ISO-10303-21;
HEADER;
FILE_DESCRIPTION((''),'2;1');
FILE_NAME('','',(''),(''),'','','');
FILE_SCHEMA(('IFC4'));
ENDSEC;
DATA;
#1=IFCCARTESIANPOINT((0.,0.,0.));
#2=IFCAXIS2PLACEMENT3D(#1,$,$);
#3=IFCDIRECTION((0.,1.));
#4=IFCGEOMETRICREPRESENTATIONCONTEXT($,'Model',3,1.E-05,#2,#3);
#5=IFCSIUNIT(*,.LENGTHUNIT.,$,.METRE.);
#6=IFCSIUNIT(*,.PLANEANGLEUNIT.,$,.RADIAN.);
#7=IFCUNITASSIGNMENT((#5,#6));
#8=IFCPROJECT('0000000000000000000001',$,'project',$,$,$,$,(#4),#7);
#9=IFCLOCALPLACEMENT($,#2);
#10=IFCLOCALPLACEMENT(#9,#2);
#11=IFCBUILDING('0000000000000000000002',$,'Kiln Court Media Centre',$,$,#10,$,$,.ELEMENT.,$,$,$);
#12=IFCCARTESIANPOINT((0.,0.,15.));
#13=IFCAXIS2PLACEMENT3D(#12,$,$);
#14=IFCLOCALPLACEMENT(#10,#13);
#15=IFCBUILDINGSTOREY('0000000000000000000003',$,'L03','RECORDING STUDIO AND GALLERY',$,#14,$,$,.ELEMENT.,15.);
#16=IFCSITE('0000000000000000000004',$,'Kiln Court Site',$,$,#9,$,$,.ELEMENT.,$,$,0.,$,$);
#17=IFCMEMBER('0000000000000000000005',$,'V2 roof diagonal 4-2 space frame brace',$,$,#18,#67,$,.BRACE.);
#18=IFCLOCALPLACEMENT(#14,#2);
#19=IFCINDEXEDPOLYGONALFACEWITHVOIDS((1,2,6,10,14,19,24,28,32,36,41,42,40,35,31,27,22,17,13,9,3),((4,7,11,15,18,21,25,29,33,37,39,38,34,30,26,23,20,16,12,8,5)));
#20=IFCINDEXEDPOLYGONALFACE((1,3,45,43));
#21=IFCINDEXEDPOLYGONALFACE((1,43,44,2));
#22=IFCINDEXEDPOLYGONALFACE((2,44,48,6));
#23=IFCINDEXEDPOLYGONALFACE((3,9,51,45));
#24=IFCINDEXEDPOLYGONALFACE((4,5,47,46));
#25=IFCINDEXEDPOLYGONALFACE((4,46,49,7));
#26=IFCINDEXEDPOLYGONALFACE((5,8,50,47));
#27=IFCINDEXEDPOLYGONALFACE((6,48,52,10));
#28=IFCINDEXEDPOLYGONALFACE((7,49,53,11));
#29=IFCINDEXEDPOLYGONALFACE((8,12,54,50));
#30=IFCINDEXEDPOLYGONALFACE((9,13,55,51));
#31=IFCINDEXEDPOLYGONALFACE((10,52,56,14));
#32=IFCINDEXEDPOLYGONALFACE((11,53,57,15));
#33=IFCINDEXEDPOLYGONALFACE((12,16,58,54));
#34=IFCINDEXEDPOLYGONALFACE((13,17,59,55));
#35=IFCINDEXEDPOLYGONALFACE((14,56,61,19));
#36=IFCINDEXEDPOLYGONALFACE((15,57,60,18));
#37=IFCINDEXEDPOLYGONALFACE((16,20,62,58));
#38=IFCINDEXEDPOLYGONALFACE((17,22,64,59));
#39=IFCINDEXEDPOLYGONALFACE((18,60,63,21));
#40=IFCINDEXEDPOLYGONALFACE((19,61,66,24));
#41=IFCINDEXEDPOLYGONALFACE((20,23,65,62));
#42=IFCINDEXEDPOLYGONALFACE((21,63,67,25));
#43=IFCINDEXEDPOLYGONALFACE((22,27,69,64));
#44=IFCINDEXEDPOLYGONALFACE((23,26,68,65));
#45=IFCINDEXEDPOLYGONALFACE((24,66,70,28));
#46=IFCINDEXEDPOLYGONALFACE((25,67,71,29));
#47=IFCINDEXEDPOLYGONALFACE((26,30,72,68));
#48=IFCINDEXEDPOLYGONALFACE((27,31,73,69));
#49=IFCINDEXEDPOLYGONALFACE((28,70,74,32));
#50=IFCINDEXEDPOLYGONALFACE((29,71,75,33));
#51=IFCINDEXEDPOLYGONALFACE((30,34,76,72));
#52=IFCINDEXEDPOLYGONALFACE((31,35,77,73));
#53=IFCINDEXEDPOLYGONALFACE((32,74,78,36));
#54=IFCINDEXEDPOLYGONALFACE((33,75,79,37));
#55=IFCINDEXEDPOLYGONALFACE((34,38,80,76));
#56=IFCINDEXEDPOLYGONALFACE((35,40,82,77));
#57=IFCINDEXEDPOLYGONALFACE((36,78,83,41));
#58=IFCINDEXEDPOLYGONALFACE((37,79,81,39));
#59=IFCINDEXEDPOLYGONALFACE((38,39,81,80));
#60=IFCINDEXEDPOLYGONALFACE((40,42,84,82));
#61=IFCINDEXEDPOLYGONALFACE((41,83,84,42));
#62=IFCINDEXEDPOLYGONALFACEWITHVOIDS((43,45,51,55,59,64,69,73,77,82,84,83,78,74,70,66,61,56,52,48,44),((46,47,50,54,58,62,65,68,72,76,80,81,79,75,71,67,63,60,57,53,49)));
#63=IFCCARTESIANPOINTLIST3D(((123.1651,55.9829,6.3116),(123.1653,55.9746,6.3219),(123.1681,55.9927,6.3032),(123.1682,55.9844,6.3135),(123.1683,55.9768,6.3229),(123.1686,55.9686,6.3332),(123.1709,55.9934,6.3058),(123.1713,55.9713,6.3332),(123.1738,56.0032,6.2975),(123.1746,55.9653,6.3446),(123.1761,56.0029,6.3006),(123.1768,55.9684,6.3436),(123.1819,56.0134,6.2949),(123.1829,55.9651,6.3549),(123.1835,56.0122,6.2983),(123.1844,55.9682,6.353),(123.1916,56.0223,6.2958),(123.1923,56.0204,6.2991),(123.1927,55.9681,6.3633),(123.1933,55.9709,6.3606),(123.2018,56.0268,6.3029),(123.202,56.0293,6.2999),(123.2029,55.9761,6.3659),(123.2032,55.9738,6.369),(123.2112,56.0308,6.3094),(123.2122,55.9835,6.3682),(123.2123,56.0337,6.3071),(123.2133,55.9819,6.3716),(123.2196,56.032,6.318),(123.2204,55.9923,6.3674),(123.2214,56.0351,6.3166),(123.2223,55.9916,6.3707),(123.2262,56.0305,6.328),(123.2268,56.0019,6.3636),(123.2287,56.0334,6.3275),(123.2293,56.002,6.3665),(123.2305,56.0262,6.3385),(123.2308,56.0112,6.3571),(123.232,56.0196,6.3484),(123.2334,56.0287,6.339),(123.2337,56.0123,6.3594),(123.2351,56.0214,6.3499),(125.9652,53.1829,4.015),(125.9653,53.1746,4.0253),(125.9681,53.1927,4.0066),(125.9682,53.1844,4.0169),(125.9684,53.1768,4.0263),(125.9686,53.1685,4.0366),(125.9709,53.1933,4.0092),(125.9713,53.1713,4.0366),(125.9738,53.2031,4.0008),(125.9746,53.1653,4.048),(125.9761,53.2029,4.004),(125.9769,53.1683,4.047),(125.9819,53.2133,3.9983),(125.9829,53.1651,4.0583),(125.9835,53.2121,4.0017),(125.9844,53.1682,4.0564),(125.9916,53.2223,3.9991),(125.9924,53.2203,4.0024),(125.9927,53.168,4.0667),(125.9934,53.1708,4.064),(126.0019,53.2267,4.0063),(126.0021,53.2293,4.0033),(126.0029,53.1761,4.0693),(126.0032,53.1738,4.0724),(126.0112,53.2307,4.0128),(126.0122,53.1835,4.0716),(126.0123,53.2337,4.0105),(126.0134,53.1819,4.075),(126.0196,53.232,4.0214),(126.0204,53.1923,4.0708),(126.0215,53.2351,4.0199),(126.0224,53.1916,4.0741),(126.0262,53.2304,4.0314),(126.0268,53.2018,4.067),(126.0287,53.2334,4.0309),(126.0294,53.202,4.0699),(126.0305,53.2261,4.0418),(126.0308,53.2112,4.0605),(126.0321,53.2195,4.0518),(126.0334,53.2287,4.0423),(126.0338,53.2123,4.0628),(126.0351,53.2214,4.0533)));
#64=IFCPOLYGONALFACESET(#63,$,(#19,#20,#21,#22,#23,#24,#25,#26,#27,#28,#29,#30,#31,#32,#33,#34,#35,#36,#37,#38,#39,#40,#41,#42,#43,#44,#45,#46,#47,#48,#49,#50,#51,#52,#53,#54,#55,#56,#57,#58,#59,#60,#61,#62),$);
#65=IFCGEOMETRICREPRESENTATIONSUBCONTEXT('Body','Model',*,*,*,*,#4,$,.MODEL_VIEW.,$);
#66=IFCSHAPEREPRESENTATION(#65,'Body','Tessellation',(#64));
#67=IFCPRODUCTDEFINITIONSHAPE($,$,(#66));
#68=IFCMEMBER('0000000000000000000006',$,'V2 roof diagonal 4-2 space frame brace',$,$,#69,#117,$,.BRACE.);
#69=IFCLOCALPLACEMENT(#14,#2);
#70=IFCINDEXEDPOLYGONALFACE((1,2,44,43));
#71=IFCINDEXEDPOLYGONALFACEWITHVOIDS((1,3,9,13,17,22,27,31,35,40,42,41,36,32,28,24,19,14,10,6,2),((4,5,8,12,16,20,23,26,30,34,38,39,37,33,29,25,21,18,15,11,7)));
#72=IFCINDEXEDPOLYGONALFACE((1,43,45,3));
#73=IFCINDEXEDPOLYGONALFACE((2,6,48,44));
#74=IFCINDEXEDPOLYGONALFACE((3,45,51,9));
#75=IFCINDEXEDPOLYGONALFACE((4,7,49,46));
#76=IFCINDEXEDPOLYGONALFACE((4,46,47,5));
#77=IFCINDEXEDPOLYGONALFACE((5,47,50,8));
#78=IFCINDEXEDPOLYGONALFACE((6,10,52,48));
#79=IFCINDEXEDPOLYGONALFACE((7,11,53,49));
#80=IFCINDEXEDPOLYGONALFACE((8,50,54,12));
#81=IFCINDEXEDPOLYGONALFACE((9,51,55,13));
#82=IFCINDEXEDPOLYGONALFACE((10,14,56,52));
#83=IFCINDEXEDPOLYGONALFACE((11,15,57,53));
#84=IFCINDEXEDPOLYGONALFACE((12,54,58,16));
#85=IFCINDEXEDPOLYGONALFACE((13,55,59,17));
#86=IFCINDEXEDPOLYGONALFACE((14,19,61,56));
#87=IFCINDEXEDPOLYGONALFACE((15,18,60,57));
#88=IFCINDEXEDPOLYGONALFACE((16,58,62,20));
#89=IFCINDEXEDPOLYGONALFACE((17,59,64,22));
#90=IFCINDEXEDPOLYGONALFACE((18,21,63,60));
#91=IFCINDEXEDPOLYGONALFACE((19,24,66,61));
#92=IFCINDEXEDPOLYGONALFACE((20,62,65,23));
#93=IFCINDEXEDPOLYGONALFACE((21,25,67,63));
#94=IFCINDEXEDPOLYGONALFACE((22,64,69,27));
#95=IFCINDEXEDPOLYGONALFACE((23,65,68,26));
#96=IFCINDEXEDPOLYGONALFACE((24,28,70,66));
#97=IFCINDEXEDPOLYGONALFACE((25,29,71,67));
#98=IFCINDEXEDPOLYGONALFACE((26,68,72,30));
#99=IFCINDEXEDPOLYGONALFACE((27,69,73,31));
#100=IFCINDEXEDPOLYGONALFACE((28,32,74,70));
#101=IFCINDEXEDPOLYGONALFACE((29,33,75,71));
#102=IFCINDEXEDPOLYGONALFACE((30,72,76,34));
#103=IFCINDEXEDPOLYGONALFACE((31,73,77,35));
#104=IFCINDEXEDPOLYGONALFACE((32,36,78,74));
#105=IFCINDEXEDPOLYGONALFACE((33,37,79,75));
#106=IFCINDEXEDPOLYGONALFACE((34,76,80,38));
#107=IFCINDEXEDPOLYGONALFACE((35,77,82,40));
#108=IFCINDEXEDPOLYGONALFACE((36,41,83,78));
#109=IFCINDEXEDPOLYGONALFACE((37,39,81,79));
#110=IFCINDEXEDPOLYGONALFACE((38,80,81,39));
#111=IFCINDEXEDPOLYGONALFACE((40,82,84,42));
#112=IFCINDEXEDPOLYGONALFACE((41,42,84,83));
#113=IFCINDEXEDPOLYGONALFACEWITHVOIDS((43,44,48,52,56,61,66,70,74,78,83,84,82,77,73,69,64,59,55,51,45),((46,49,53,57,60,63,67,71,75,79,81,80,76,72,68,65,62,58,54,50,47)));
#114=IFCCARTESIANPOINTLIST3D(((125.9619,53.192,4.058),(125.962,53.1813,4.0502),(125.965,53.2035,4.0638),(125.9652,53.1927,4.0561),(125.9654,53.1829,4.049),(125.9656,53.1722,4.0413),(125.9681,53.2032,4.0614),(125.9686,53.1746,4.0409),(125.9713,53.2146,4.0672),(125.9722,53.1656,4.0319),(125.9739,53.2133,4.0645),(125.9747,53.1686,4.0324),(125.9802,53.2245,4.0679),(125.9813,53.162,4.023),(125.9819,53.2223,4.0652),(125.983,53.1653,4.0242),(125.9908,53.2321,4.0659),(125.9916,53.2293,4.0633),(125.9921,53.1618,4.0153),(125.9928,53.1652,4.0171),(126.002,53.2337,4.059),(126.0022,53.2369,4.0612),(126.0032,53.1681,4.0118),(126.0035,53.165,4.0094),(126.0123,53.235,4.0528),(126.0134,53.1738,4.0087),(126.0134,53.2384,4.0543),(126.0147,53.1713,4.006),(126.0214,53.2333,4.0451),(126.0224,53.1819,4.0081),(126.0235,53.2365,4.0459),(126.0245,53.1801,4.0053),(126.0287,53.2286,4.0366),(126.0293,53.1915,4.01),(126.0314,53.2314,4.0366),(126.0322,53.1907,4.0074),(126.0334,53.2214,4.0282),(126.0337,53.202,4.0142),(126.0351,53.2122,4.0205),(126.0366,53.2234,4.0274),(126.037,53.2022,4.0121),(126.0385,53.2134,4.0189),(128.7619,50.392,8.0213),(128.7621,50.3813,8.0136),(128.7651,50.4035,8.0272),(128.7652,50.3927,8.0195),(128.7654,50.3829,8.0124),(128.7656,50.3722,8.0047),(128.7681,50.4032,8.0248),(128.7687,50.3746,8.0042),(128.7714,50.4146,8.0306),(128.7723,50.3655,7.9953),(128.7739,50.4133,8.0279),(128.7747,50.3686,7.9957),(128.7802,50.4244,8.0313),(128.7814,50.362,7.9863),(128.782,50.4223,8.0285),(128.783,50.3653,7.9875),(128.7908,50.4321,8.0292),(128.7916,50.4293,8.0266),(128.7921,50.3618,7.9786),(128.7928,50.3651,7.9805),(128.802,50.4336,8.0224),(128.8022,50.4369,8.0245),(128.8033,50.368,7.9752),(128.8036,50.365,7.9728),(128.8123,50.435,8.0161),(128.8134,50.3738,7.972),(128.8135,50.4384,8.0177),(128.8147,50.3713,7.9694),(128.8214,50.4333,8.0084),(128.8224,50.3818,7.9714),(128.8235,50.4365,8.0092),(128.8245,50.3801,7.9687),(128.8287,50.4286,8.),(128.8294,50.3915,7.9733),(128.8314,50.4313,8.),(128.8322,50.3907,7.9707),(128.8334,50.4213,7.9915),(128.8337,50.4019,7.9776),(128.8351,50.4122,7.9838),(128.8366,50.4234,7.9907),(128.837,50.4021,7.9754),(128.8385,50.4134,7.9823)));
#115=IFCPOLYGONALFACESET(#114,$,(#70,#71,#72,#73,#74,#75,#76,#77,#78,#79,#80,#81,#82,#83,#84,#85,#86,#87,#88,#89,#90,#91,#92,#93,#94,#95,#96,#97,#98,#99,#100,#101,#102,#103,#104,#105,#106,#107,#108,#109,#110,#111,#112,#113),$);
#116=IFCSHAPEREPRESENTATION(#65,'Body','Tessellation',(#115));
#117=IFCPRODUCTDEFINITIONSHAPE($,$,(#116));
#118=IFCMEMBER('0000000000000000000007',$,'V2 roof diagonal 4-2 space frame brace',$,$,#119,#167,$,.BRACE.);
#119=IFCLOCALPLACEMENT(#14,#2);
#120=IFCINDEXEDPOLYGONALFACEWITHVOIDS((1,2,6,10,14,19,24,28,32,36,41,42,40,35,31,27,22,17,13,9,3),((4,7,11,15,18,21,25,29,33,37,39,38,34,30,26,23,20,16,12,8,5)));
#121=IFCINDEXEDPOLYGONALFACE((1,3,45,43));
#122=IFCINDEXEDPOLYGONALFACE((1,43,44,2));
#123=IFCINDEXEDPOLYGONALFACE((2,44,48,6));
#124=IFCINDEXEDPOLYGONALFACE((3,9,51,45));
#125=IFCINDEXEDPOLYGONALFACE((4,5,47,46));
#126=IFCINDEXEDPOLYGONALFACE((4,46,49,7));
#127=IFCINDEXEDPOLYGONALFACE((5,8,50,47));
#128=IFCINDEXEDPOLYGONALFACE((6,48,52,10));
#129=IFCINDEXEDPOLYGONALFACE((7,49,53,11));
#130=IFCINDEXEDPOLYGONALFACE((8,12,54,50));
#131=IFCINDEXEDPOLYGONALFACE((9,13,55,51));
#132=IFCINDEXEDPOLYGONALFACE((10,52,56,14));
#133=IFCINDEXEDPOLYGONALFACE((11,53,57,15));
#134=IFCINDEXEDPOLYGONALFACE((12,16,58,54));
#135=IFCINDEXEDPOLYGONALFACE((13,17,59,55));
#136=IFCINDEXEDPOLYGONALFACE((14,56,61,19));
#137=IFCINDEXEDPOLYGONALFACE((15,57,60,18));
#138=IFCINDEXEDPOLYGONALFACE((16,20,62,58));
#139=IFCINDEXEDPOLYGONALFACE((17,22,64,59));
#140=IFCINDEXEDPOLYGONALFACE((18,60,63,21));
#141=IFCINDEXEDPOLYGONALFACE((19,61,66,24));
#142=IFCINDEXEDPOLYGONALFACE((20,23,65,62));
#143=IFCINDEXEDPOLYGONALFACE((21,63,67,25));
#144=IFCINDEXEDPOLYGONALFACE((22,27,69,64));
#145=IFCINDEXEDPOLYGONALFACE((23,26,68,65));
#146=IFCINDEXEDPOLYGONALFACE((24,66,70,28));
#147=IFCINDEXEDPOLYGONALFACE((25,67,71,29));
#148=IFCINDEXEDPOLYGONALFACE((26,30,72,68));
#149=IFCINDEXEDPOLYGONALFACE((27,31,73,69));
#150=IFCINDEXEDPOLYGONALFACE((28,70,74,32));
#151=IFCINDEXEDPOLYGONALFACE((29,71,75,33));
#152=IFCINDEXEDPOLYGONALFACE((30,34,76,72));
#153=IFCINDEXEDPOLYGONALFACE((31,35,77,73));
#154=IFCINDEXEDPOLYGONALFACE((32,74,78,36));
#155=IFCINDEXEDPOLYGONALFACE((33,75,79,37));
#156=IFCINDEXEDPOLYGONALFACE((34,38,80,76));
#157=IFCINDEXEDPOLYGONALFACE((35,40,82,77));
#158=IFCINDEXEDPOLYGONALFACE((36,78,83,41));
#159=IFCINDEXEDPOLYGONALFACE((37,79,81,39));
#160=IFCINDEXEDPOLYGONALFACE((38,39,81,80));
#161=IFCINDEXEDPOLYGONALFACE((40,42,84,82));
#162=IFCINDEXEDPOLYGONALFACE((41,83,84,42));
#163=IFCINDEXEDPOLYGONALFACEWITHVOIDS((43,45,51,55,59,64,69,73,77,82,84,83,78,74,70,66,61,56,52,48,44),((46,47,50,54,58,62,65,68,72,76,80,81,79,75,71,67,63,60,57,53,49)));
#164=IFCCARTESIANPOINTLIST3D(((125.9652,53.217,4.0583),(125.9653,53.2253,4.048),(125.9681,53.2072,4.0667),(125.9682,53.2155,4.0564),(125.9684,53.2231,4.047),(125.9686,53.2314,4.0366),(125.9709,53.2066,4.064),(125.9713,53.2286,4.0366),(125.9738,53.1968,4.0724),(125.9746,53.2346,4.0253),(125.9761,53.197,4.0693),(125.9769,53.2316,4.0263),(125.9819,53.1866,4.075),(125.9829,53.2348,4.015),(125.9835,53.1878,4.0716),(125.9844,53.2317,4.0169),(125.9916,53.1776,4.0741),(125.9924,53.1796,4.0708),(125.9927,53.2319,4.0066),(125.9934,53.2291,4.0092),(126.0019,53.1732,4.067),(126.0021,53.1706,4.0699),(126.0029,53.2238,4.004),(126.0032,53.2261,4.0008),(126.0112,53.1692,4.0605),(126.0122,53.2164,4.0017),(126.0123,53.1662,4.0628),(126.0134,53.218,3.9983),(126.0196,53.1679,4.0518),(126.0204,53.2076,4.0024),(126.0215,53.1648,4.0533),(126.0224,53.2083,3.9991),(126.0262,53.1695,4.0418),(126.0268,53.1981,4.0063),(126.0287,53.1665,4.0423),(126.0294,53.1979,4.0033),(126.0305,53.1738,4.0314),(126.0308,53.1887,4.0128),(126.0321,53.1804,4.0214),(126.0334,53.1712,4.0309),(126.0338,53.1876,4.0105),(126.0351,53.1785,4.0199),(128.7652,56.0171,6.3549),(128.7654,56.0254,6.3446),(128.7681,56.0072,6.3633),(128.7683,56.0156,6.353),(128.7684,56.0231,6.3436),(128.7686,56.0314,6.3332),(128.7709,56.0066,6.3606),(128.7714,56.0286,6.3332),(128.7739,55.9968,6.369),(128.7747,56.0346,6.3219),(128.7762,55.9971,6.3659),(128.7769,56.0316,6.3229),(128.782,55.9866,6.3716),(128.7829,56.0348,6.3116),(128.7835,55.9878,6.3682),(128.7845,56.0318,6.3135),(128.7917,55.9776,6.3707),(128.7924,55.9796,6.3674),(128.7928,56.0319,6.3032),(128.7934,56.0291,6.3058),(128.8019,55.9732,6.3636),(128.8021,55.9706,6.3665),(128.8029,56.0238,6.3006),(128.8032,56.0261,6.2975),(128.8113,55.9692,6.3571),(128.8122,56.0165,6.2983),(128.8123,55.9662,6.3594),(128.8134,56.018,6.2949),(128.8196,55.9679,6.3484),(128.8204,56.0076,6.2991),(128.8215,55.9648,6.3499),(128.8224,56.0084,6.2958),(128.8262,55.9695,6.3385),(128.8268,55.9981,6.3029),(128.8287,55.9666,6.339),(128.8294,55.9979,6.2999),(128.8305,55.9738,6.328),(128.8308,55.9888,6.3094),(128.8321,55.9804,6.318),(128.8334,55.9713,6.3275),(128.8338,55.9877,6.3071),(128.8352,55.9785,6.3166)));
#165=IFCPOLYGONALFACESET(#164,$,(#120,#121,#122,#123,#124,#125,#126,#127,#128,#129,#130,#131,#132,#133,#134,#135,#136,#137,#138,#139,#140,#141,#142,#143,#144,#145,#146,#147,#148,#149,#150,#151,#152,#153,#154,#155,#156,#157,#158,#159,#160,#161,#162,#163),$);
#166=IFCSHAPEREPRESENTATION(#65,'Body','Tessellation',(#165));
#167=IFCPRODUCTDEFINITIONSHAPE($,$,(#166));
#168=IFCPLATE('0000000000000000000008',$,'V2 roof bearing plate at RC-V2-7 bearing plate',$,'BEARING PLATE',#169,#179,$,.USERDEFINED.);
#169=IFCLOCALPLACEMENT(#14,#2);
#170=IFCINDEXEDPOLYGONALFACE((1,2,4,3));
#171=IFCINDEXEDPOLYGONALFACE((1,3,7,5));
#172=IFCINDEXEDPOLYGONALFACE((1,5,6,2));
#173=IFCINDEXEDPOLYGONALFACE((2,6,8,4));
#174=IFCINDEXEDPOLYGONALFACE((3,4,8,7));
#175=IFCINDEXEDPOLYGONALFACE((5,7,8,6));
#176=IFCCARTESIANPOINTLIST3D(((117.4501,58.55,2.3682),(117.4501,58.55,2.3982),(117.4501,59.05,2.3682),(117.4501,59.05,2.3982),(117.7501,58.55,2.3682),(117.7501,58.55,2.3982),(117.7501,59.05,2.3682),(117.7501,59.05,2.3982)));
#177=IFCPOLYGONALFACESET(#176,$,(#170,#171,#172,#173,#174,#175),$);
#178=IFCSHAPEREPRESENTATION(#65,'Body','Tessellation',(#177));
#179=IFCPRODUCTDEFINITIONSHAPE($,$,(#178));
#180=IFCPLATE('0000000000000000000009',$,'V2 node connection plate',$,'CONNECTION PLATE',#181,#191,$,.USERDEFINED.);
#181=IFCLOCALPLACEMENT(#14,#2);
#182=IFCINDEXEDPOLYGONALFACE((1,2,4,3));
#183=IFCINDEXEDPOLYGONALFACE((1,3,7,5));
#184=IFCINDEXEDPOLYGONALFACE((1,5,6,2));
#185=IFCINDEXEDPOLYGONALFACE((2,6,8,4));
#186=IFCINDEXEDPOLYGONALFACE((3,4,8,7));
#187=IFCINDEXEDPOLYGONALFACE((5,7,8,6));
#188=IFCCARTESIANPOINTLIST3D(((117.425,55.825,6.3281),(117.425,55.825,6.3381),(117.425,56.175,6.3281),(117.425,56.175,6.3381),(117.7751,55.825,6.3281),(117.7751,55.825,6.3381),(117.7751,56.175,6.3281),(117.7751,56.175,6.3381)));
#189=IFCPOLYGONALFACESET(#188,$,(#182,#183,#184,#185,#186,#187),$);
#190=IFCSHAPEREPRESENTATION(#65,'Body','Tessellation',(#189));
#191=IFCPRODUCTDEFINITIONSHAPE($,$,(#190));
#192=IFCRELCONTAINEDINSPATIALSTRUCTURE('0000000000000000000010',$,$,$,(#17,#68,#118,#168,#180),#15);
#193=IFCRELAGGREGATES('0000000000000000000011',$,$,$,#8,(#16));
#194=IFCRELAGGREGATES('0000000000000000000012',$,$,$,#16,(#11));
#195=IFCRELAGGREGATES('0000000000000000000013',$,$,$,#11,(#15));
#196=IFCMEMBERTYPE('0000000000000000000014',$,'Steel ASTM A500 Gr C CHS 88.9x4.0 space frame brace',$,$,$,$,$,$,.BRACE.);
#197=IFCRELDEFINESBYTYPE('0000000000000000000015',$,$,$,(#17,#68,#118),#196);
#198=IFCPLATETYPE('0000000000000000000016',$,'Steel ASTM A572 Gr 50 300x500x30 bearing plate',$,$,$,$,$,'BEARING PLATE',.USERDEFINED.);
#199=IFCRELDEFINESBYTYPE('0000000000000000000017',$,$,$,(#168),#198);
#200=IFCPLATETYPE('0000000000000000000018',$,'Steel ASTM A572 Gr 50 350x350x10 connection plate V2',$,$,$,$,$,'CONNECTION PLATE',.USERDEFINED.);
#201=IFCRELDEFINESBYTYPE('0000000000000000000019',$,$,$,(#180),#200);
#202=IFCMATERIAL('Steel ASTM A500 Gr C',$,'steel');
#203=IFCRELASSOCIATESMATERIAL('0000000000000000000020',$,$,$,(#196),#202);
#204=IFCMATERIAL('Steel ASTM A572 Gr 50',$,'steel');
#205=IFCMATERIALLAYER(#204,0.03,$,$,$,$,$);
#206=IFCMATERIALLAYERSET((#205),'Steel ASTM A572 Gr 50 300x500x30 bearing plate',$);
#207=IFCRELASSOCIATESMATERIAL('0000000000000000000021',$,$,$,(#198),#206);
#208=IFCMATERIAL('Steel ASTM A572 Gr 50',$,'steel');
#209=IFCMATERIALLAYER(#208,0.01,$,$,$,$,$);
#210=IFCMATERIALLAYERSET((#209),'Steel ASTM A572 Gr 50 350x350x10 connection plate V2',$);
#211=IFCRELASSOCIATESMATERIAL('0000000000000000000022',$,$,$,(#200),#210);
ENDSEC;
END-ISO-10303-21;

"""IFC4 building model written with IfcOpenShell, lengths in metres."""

from ifc_helpers import new_model, si_unit, direction, frame, origin, origin_2d, place, context, subcontext, project, spatial, rectangle, hollow_circle, extrude, material, layer, layer_set, material_profile, profile_set, type_object, element, save


model = new_model("IFC4")

# Units and contexts
model_context = context("Model", 3, precision=1e-05, world=origin(), true_north=direction((0.0, 1.0)))
body_context = subcontext(model_context, "Body", "Model", "MODEL_VIEW")
ifc_project = project(units=[si_unit("LENGTHUNIT", "METRE"), si_unit("PLANEANGLEUNIT", "RADIAN")], contexts=[model_context])

# Site, building, storey
site_placement = place(None, origin())
site = spatial("IfcSite", under=ifc_project, at=site_placement, Name="Kiln Court Site", CompositionType="ELEMENT", RefElevation=0.0)
building_placement = place(site_placement, origin())
building = spatial("IfcBuilding", under=site, at=building_placement, Name="Kiln Court Media Centre", CompositionType="ELEMENT")
storey_placement = place(building_placement, frame((0.0, 0.0, 15.0)))
storey = spatial("IfcBuildingStorey", under=building, at=storey_placement, Name="L03", Description="RECORDING STUDIO AND GALLERY", CompositionType="ELEMENT", Elevation=15.0)

# Members
ifc_material_1 = material(Name="Steel ASTM A500 Gr C", Category="steel")
ifc_material_profile_1 = material_profile(ifc_material_1, hollow_circle(Radius=0.0444, WallThickness=0.0039, at=origin_2d()), Name="CHS 88.9x4.0")
ifc_profile_set_1 = profile_set([ifc_material_profile_1], Name="Steel ASTM A500 Gr C")
member_type_1 = type_object("IfcMemberType", Name="Steel ASTM A500 Gr C CHS 88.9x4.0 space frame brace", PredefinedType="BRACE", material=ifc_profile_set_1)
member_1_placement = place(storey_placement, frame((126.0, 53.2, 4.0366), z_axis=(-0.611676, 0.611676, 0.501703), x_axis=(-0.707107, -0.707107, 0.0)))
element("IfcMember", 1, at=member_1_placement, inside=storey, type_object=member_type_1, Name="V2 roof diagonal 4-2 space frame brace", PredefinedType="BRACE", context=body_context, shape_type="SweptSolid", body=[
    extrude(hollow_circle(Radius=0.0444, WallThickness=0.0039, at=origin_2d()), origin(), (0.0, 0.0, 1.0), 4.5776),
])
member_2_placement = place(storey_placement, frame((126.0, 53.2, 4.0366), z_axis=(0.499778, -0.499778, 0.70742), x_axis=(0.707107, 0.707107, 0.0)))
element("IfcMember", 2, at=member_2_placement, inside=storey, type_object=member_type_1, Name="V2 roof diagonal 4-2 space frame brace", PredefinedType="BRACE", context=body_context, shape_type="SweptSolid", body=[
    extrude(hollow_circle(Radius=0.0444, WallThickness=0.0039, at=origin_2d()), origin(), (0.0, 0.0, 1.0), 5.6025),
])
member_3_placement = place(storey_placement, frame((126.0, 53.2, 4.0366), z_axis=(0.611676, 0.611676, 0.501703), x_axis=(-0.707107, 0.707107, 0.0)))
element("IfcMember", 3, at=member_3_placement, inside=storey, type_object=member_type_1, Name="V2 roof diagonal 4-2 space frame brace", PredefinedType="BRACE", context=body_context, shape_type="SweptSolid", body=[
    extrude(hollow_circle(Radius=0.0444, WallThickness=0.0039, at=origin_2d()), origin(), (0.0, 0.0, 1.0), 4.5776),
])

# Plates
ifc_material_2 = material(Name="Steel ASTM A572 Gr 50", Category="steel")
ifc_layer_1 = layer(ifc_material_2, 0.03)
ifc_layer_set_1 = layer_set([ifc_layer_1], Name="Steel ASTM A572 Gr 50 300x500x30 bearing plate")
plate_type_1 = type_object("IfcPlateType", Name="Steel ASTM A572 Gr 50 300x500x30 bearing plate", ElementType="BEARING PLATE", PredefinedType="USERDEFINED", material=ifc_layer_set_1)
plate_placement = place(storey_placement, frame((117.6001, 58.8, 2.3682), z_axis=(0.0, 0.0, 1.0), x_axis=(1.0, 0.0, 0.0)))
element("IfcPlate", 4, at=plate_placement, inside=storey, type_object=plate_type_1, Name="V2 roof bearing plate at RC-V2-7 bearing plate", ObjectType="BEARING PLATE", PredefinedType="USERDEFINED", context=body_context, shape_type="SweptSolid", body=[
    extrude(rectangle(XDim=0.3, YDim=0.5, at=origin_2d()), origin(), (0.0, 0.0, 1.0), 0.03),
])
ifc_material_3 = material(Name="Steel ASTM A572 Gr 50", Category="steel")
ifc_layer_2 = layer(ifc_material_3, 0.01)
ifc_layer_set_2 = layer_set([ifc_layer_2], Name="Steel ASTM A572 Gr 50 350x350x10 connection plate V2")
plate_type_2 = type_object("IfcPlateType", Name="Steel ASTM A572 Gr 50 350x350x10 connection plate V2", ElementType="CONNECTION PLATE", PredefinedType="USERDEFINED", material=ifc_layer_set_2)
for number, where, z_axis, x_axis, name in (
    (5, (117.6001, 56.0, 6.3281), (0.0, 0.0, 1.0), (1.0, 0.0, 0.0), "V2 node connection plate"),
):
    element("IfcPlate", number, at=place(storey_placement, frame(where, z_axis=z_axis, x_axis=x_axis)), inside=storey, type_object=plate_type_2, Name=name, ObjectType="CONNECTION PLATE", PredefinedType="USERDEFINED", context=body_context, shape_type="SweptSolid", body=[
        extrude(rectangle(XDim=0.3501, YDim=0.3501, at=origin_2d()), origin(), (0.0, 0.0, 1.0), 0.01),
    ])

save(model, "model.ifc")
